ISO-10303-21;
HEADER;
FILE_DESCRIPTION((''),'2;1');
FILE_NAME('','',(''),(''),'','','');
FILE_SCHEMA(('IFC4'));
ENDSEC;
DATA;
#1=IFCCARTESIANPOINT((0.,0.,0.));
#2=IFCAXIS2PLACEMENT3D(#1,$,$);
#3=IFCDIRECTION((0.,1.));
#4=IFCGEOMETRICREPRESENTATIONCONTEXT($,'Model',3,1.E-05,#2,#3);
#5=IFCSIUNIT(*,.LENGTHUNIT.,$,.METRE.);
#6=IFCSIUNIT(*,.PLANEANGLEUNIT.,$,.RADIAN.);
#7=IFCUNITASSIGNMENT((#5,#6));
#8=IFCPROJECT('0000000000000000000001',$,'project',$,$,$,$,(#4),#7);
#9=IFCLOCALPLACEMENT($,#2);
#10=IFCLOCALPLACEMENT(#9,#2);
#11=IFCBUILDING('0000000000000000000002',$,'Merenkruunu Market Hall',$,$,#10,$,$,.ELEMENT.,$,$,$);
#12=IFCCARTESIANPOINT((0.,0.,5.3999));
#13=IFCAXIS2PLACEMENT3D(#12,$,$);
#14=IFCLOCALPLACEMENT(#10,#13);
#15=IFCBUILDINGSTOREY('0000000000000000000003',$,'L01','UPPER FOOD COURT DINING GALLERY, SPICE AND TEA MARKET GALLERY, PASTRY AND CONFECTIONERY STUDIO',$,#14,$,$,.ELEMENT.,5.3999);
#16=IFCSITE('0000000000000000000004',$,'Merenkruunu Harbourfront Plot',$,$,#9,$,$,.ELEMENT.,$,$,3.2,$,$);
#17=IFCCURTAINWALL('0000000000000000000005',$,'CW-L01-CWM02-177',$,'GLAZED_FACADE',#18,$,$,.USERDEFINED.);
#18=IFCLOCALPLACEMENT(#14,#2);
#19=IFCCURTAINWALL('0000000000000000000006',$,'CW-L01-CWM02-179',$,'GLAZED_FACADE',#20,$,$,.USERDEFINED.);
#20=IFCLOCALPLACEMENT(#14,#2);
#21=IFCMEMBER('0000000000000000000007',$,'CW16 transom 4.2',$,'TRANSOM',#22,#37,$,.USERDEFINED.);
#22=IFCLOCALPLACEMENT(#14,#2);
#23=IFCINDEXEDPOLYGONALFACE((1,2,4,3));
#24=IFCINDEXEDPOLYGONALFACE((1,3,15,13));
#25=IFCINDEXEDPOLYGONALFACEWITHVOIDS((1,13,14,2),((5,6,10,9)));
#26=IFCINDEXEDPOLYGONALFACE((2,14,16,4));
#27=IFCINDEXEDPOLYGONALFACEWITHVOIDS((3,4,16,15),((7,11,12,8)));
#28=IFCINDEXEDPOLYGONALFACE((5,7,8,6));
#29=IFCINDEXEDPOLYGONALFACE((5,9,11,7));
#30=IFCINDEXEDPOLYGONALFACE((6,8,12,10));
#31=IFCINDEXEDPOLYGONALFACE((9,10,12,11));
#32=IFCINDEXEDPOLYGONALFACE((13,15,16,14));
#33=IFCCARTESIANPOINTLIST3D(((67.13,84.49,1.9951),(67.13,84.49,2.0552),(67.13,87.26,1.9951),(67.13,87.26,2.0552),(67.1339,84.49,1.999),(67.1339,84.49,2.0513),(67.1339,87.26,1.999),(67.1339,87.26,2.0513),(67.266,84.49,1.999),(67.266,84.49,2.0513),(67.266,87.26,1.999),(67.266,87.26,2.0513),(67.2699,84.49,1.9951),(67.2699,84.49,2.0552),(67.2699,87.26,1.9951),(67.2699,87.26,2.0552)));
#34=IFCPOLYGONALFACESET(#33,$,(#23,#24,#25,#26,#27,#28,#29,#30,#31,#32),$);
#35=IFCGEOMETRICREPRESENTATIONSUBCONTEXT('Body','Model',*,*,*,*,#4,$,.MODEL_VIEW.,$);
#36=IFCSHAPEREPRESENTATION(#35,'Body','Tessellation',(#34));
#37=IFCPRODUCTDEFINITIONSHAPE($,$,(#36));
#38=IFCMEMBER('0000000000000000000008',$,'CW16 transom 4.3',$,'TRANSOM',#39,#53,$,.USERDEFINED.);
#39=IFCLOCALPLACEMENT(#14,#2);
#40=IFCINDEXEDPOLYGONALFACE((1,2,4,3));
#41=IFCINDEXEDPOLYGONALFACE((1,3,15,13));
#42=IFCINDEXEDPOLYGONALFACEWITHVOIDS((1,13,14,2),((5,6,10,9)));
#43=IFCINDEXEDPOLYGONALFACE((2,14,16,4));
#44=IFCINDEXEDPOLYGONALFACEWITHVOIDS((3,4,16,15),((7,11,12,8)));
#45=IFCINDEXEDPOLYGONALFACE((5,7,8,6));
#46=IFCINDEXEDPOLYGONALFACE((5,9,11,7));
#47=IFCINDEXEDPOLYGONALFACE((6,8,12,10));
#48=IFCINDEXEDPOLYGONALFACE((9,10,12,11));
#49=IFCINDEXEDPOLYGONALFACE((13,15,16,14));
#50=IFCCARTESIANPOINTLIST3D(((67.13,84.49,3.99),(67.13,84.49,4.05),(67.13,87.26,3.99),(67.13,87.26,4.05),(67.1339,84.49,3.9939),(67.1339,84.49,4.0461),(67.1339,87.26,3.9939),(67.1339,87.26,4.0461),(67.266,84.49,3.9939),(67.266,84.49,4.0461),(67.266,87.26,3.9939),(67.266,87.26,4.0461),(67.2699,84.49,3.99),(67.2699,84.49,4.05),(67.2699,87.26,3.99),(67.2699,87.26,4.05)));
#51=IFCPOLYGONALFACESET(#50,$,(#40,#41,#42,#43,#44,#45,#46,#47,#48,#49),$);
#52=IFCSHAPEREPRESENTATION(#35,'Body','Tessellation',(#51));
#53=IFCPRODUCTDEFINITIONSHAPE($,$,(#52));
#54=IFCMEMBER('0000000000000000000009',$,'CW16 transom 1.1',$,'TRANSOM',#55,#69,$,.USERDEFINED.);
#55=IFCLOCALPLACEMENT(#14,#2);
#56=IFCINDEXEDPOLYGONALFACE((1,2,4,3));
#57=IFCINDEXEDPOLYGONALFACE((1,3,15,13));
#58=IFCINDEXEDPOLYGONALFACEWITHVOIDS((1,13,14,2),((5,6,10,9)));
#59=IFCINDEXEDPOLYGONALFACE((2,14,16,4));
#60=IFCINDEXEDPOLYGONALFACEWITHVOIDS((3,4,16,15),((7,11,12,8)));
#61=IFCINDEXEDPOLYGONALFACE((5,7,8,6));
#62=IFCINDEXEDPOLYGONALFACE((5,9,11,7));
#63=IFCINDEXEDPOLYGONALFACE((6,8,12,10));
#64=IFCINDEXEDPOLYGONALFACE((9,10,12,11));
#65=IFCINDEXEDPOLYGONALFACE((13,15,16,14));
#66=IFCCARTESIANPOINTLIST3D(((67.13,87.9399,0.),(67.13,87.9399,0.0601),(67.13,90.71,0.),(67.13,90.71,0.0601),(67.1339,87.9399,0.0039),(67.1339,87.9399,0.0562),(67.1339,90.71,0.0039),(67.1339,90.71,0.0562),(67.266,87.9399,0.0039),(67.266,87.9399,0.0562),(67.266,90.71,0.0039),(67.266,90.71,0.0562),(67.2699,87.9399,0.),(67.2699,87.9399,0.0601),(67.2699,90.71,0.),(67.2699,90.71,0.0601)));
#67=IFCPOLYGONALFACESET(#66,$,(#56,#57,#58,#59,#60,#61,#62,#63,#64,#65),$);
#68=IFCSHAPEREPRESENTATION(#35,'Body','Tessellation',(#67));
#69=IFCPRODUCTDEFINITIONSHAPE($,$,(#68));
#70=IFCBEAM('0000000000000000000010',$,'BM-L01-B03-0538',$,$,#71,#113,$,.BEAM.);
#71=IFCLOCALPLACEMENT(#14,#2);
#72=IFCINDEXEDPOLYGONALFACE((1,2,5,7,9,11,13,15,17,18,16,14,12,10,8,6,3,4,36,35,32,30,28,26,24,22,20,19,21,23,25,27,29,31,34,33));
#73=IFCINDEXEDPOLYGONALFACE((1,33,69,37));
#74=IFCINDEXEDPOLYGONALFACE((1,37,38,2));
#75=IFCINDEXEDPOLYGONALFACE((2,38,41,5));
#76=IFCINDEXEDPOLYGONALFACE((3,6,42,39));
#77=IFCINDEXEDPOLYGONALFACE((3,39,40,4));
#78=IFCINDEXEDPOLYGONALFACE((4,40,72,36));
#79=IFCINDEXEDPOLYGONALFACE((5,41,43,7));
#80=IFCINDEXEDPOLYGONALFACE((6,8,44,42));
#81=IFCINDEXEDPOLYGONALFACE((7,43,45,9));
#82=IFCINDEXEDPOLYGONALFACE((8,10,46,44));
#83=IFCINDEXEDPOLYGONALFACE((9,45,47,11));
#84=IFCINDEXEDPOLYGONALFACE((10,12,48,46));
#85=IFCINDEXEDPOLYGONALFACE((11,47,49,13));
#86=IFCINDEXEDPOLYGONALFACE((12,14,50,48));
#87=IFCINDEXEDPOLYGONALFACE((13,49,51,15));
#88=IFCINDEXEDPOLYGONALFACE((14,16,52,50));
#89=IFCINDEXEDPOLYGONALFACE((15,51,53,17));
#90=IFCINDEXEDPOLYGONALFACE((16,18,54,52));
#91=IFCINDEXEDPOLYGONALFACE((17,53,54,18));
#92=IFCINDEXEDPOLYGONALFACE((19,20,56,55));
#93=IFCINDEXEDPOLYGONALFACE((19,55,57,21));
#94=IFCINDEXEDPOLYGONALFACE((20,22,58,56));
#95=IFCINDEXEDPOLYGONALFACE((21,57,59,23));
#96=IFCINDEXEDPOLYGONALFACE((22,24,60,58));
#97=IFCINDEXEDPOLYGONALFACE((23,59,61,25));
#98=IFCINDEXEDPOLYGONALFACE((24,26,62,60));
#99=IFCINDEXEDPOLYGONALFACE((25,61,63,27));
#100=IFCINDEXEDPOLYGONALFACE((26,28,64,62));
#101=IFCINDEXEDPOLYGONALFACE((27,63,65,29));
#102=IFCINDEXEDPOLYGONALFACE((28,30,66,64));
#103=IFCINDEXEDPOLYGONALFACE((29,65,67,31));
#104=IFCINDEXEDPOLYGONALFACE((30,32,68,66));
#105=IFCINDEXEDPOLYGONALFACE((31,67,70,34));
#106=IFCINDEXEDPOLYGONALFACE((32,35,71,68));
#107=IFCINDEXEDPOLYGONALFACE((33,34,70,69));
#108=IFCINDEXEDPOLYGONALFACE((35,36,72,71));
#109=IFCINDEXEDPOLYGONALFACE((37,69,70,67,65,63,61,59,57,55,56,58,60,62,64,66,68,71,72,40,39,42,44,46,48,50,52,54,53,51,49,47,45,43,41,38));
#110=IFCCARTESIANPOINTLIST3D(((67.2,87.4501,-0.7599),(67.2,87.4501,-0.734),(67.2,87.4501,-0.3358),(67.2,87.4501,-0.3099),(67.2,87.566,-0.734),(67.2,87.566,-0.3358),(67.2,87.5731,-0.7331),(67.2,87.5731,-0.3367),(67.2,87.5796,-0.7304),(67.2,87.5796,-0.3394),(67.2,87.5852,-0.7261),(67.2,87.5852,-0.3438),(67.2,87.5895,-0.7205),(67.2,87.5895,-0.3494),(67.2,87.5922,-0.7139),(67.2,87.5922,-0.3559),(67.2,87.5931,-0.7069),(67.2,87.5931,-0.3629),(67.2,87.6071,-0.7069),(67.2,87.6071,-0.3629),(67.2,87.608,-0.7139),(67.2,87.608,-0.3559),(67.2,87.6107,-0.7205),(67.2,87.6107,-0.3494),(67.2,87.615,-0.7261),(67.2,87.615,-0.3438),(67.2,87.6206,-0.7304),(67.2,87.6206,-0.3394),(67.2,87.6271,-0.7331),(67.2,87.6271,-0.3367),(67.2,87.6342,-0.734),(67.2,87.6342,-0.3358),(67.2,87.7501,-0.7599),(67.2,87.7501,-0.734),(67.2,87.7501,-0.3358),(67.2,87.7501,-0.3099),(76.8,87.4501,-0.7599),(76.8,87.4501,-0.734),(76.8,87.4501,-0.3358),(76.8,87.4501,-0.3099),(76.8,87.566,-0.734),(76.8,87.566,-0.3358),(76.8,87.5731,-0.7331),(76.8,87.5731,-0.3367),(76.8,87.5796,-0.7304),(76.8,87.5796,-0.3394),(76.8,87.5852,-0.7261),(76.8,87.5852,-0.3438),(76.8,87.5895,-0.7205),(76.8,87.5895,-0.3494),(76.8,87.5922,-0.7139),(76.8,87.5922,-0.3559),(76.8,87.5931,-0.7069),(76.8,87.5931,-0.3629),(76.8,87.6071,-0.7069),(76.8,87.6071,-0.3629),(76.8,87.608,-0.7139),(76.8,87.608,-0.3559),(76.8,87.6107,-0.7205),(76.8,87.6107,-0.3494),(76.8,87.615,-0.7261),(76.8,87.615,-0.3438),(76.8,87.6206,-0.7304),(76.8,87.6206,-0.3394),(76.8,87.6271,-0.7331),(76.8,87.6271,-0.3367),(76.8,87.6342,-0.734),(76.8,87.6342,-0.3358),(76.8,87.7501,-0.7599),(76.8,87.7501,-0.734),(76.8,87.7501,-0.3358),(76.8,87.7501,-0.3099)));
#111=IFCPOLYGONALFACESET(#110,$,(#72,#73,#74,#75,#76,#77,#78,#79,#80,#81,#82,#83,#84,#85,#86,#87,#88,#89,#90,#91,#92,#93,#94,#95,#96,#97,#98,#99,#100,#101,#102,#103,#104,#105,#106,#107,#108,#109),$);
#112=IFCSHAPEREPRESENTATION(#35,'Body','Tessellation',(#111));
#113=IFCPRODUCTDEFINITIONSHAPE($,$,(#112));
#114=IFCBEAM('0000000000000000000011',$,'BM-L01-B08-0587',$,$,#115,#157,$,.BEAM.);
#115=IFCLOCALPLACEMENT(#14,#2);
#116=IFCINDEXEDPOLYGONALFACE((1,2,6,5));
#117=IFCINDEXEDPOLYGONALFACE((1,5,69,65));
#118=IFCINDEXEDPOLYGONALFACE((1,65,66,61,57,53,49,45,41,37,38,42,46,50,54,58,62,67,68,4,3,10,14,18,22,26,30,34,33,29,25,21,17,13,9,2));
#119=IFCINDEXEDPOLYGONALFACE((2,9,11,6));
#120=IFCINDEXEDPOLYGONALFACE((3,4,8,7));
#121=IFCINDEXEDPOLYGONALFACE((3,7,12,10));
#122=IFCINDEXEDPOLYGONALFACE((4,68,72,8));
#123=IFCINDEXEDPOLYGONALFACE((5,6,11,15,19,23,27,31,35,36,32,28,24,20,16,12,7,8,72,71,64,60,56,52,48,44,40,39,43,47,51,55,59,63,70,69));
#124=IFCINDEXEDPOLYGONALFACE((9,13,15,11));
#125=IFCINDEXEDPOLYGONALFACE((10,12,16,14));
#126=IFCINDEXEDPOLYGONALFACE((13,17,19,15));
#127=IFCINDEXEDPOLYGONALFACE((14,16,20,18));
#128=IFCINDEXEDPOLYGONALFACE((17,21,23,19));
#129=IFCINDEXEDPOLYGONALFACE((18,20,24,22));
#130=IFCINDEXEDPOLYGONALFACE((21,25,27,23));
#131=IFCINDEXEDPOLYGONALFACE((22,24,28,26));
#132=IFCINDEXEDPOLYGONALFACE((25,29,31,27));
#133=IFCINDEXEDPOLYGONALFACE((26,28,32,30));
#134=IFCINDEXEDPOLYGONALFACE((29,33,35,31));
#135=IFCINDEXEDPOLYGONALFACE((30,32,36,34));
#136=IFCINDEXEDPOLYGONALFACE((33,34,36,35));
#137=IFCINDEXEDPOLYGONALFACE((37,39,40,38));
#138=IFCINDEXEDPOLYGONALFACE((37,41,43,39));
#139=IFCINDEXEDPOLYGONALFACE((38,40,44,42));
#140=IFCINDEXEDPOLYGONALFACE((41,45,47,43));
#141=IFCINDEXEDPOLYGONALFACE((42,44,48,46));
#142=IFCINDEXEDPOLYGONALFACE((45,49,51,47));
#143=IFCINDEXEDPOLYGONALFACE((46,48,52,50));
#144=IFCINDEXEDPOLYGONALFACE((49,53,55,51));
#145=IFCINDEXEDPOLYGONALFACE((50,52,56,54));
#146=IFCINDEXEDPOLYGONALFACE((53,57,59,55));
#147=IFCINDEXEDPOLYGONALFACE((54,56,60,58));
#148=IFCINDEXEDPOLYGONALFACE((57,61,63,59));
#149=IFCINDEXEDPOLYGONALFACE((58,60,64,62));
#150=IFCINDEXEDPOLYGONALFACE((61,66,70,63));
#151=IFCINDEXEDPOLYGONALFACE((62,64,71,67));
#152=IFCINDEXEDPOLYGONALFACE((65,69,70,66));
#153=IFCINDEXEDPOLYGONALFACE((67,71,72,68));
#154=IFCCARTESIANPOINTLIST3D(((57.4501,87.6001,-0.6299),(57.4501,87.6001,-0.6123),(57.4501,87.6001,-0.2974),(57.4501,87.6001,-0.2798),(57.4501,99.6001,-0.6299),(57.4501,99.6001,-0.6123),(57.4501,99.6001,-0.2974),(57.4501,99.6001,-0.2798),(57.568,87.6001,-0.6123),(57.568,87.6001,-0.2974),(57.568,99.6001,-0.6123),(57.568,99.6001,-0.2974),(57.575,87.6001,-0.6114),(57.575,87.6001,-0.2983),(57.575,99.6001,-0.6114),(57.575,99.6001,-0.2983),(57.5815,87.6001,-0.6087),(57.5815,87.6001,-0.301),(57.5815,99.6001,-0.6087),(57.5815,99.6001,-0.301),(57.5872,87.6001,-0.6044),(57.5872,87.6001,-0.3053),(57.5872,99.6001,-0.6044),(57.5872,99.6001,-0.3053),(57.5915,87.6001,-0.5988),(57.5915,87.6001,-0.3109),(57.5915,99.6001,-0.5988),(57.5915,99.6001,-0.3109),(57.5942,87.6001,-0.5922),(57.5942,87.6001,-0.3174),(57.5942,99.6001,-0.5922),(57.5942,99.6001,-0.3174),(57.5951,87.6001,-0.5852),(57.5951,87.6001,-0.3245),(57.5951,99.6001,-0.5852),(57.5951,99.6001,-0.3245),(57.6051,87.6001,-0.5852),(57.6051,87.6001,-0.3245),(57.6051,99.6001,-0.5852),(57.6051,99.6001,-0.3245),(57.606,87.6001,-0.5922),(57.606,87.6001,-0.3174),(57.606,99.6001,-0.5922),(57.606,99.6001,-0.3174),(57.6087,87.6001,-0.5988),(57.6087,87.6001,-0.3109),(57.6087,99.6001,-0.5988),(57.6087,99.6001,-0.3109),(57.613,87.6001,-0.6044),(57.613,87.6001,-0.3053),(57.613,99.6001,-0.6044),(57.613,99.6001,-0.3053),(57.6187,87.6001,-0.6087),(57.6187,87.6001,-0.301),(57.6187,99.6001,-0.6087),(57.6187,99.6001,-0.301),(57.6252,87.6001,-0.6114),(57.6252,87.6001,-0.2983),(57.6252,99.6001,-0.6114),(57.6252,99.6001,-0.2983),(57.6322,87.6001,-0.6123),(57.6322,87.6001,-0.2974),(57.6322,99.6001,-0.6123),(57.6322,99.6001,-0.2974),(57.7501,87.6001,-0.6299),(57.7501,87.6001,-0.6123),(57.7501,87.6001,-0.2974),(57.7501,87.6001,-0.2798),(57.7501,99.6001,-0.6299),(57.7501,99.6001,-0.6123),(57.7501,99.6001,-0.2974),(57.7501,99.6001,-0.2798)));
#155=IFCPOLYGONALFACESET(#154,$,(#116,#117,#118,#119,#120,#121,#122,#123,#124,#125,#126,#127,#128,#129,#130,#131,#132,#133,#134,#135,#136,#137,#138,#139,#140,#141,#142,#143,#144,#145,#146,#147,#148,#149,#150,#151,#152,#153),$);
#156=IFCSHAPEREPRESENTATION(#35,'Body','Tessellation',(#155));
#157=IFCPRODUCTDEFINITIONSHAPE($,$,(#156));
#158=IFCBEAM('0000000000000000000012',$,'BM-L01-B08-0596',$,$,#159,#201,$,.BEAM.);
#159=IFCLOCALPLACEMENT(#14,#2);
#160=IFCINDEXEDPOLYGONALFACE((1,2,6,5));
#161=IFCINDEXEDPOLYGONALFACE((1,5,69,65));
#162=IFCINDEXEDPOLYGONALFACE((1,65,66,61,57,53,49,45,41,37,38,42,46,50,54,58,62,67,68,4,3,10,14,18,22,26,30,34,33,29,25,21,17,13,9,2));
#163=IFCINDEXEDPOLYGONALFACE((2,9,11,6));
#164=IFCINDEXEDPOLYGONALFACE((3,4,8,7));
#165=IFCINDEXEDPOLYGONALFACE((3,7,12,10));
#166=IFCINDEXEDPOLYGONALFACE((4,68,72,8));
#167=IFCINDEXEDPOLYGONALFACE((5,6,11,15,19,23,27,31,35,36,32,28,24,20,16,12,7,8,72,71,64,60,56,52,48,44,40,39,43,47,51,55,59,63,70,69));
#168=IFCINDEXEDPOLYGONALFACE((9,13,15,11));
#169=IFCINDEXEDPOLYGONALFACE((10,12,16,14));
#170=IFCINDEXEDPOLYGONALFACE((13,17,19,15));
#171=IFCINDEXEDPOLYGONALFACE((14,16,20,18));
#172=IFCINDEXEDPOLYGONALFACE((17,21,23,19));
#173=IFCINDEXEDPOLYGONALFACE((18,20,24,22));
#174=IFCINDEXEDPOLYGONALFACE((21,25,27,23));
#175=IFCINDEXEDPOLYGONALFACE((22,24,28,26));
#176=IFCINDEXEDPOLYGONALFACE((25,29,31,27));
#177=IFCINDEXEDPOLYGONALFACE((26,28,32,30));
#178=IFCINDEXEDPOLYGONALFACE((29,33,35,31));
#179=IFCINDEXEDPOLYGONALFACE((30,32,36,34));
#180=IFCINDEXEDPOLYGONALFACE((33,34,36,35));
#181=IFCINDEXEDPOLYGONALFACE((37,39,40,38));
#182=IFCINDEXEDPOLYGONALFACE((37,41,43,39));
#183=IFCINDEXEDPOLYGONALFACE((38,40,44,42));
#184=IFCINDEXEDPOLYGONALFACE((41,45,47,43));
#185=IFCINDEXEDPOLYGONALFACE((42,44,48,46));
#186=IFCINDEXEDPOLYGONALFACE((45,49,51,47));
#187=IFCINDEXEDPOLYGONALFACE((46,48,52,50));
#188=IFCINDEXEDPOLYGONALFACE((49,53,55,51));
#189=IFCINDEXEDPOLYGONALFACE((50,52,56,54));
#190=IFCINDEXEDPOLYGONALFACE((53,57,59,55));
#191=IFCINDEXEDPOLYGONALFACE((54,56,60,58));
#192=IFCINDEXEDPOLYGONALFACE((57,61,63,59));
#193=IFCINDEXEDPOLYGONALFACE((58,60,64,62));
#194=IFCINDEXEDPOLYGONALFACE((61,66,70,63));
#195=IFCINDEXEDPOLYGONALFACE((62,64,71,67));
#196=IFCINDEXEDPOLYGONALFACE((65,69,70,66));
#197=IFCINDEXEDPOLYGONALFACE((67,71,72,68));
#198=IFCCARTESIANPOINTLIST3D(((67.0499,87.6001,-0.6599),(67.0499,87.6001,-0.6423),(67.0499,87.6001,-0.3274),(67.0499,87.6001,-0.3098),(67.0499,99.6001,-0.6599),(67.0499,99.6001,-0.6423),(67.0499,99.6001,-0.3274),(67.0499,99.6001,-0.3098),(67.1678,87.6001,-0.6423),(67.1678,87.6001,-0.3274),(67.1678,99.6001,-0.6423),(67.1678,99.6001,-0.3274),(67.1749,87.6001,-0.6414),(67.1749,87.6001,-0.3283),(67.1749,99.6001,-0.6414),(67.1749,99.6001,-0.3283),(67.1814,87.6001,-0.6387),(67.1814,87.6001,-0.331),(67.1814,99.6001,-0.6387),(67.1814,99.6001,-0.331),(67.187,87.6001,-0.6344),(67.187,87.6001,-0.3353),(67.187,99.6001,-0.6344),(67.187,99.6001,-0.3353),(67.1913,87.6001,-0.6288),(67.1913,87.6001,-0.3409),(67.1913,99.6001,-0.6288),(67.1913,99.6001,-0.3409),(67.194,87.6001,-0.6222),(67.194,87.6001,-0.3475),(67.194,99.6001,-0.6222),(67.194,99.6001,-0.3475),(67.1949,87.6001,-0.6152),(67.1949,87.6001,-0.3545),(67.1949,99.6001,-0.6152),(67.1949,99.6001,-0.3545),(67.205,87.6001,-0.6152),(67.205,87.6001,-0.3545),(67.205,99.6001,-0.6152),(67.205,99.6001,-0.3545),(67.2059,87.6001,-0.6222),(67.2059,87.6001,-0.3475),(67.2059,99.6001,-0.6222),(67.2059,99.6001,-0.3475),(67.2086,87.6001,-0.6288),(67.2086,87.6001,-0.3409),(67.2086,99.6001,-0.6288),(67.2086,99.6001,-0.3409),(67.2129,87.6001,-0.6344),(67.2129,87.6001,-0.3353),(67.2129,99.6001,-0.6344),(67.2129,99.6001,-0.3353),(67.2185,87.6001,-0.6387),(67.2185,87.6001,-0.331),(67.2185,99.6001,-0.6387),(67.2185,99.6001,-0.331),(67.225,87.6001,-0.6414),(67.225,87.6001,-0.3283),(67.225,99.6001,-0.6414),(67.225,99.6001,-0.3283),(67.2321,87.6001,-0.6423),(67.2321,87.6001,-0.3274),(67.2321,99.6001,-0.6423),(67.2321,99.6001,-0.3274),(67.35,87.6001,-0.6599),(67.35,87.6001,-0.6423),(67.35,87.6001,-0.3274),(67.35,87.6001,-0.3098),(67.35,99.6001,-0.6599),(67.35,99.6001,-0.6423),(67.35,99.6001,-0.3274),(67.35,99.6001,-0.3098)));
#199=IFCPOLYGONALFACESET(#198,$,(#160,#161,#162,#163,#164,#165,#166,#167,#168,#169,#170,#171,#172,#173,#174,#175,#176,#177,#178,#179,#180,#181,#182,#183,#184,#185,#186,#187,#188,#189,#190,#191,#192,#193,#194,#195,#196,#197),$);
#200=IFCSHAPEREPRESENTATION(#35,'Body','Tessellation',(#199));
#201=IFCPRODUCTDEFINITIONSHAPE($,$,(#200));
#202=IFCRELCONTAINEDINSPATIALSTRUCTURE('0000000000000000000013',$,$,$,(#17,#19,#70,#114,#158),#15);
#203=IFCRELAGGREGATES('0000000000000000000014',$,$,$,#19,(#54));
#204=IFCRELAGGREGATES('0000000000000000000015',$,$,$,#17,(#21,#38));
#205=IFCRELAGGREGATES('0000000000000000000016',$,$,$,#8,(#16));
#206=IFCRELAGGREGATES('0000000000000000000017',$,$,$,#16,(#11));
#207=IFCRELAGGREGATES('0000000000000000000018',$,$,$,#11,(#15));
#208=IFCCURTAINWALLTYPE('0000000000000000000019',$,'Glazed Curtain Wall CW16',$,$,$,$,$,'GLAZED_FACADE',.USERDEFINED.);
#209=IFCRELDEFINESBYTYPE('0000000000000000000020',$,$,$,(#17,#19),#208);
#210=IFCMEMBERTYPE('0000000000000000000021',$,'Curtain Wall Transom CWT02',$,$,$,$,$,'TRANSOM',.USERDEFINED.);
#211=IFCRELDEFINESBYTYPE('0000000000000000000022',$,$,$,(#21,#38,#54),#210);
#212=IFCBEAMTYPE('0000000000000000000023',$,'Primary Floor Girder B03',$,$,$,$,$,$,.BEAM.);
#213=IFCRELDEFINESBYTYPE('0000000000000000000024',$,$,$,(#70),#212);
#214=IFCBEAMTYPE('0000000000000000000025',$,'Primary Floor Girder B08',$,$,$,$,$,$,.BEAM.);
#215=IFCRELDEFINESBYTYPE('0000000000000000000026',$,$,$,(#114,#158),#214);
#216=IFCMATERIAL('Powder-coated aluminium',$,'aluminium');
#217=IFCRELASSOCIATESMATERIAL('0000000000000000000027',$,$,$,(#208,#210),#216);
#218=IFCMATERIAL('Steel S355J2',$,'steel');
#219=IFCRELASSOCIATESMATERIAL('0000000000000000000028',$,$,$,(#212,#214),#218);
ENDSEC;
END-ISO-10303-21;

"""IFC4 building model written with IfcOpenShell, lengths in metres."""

from ifc_helpers import new_model, si_unit, direction, frame, origin, origin_2d, place, context, subcontext, project, spatial, hollow_rectangle, i_section, extrude, material, material_profile, profile_set, type_object, element, aggregate, save


model = new_model("IFC4")

# Units and contexts
model_context = context("Model", 3, precision=1e-05, world=origin(), true_north=direction((0.0, 1.0)))
body_context = subcontext(model_context, "Body", "Model", "MODEL_VIEW")
ifc_project = project(units=[si_unit("LENGTHUNIT", "METRE"), si_unit("PLANEANGLEUNIT", "RADIAN")], contexts=[model_context])

# Site, building, storey
site_placement = place(None, origin())
site = spatial("IfcSite", under=ifc_project, at=site_placement, Name="Merenkruunu Harbourfront Plot", CompositionType="ELEMENT", RefElevation=3.2)
building_placement = place(site_placement, origin())
building = spatial("IfcBuilding", under=site, at=building_placement, Name="Merenkruunu Market Hall", CompositionType="ELEMENT")
storey_placement = place(building_placement, frame((0.0, 0.0, 5.3999)))
storey = spatial("IfcBuildingStorey", under=building, at=storey_placement, Name="L01", Description="UPPER FOOD COURT DINING GALLERY, SPICE AND TEA MARKET GALLERY, PASTRY AND CONFECTIONERY STUDIO", CompositionType="ELEMENT", Elevation=5.3999)

# Shared definitions
ifc_material_1 = material(Name="Powder-coated aluminium", Category="aluminium")

# Curtain wall
curtain_wall_type_1 = type_object("IfcCurtainWallType", Name="Glazed Curtain Wall CW16", ElementType="GLAZED_FACADE", PredefinedType="USERDEFINED", material=ifc_material_1)
curtain_wall_1_placement = place(storey_placement, origin())
curtain_wall_1 = element("IfcCurtainWall", 1, at=curtain_wall_1_placement, inside=storey, type_object=curtain_wall_type_1, Name="CW-L01-CWM02-177", ObjectType="GLAZED_FACADE", PredefinedType="USERDEFINED")

# Curtain wall
curtain_wall_2_placement = place(storey_placement, origin())
curtain_wall_2 = element("IfcCurtainWall", 2, at=curtain_wall_2_placement, inside=storey, type_object=curtain_wall_type_1, Name="CW-L01-CWM02-179", ObjectType="GLAZED_FACADE", PredefinedType="USERDEFINED")

# Members
ifc_material_profile_1 = material_profile(ifc_material_1, hollow_rectangle(XDim=0.0601, YDim=0.1399, WallThickness=0.0039, at=origin_2d()), Name="ALU 60x140x4")
ifc_profile_set_1 = profile_set([ifc_material_profile_1], Name="Powder-coated aluminium")
member_type_1 = type_object("IfcMemberType", Name="Curtain Wall Transom CWT02", ElementType="TRANSOM", PredefinedType="USERDEFINED", material=ifc_profile_set_1)
member_1_placement = place(storey_placement, frame((67.2, 84.49, 2.0251), z_axis=(0.0, 1.0, 0.0), x_axis=(0.0, 0.0, 1.0)))
member_1 = element("IfcMember", 3, at=member_1_placement, type_object=member_type_1, Name="CW16 transom 4.2", ObjectType="TRANSOM", PredefinedType="USERDEFINED", context=body_context, shape_type="SweptSolid", body=[
    extrude(hollow_rectangle(XDim=0.0601, YDim=0.1399, WallThickness=0.0039, at=origin_2d()), origin(), (0.0, 0.0, 1.0), 2.77),
])
member_2_placement = place(storey_placement, frame((67.2, 84.49, 4.02), z_axis=(0.0, 1.0, 0.0), x_axis=(0.0, 0.0, 1.0)))
member_2 = element("IfcMember", 4, at=member_2_placement, type_object=member_type_1, Name="CW16 transom 4.3", ObjectType="TRANSOM", PredefinedType="USERDEFINED", context=body_context, shape_type="SweptSolid", body=[
    extrude(hollow_rectangle(XDim=0.0601, YDim=0.1399, WallThickness=0.0039, at=origin_2d()), origin(), (0.0, 0.0, 1.0), 2.77),
])
member_3_placement = place(storey_placement, frame((67.2, 87.9399, 0.03), z_axis=(0.0, 1.0, 0.0), x_axis=(0.0, 0.0, 1.0)))
member_3 = element("IfcMember", 5, at=member_3_placement, type_object=member_type_1, Name="CW16 transom 1.1", ObjectType="TRANSOM", PredefinedType="USERDEFINED", context=body_context, shape_type="SweptSolid", body=[
    extrude(hollow_rectangle(XDim=0.0601, YDim=0.1399, WallThickness=0.0039, at=origin_2d()), origin(), (0.0, 0.0, 1.0), 2.77),
])
aggregate(curtain_wall_2, [member_3])

# Beams
ifc_material_2 = material(Name="Steel S355J2", Category="steel")
ifc_material_profile_2 = material_profile(ifc_material_2, i_section(OverallWidth=0.3, OverallDepth=0.45, WebThickness=0.0139, FlangeThickness=0.0259, FilletRadius=0.0271, at=origin_2d()), Name="HEB 450")
ifc_profile_set_2 = profile_set([ifc_material_profile_2], Name="Steel S355J2")
beam_type_1 = type_object("IfcBeamType", Name="Primary Floor Girder B03", PredefinedType="BEAM", material=ifc_profile_set_2)
beam_placement = place(storey_placement, frame((67.2, 87.6001, -0.5349), z_axis=(1.0, 0.0, 0.0), x_axis=(0.0, 1.0, 0.0)))
element("IfcBeam", 6, at=beam_placement, inside=storey, type_object=beam_type_1, Name="BM-L01-B03-0538", PredefinedType="BEAM", context=body_context, shape_type="SweptSolid", body=[
    extrude(i_section(OverallWidth=0.3, OverallDepth=0.45, WebThickness=0.0139, FlangeThickness=0.0259, FilletRadius=0.0271, at=origin_2d()), origin(), (0.0, 0.0, 1.0), 9.6001),
])
ifc_material_profile_3 = material_profile(ifc_material_2, i_section(OverallWidth=0.3, OverallDepth=0.3501, WebThickness=0.01, FlangeThickness=0.0176, FilletRadius=0.0271, at=origin_2d()), Name="HEA 360")
ifc_profile_set_3 = profile_set([ifc_material_profile_3], Name="Steel S355J2")
beam_type_2 = type_object("IfcBeamType", Name="Primary Floor Girder B08", PredefinedType="BEAM", material=ifc_profile_set_3)
for number, where, z_axis, x_axis, name in (
    (7, (57.6001, 87.6001, -0.4548), (0.0, 1.0, 0.0), (-1.0, 0.0, 0.0), "BM-L01-B08-0587"),
    (8, (67.2, 87.6001, -0.4849), (0.0, 1.0, 0.0), (-1.0, 0.0, 0.0), "BM-L01-B08-0596"),
):
    element("IfcBeam", number, at=place(storey_placement, frame(where, z_axis=z_axis, x_axis=x_axis)), inside=storey, type_object=beam_type_2, Name=name, PredefinedType="BEAM", context=body_context, shape_type="SweptSolid", body=[
        extrude(i_section(OverallWidth=0.3, OverallDepth=0.3501, WebThickness=0.01, FlangeThickness=0.0176, FilletRadius=0.0271, at=origin_2d()), origin(), (0.0, 0.0, 1.0), 12.0),
    ])

aggregate(curtain_wall_1, [member_1, member_2])

save(model, "model.ifc")
